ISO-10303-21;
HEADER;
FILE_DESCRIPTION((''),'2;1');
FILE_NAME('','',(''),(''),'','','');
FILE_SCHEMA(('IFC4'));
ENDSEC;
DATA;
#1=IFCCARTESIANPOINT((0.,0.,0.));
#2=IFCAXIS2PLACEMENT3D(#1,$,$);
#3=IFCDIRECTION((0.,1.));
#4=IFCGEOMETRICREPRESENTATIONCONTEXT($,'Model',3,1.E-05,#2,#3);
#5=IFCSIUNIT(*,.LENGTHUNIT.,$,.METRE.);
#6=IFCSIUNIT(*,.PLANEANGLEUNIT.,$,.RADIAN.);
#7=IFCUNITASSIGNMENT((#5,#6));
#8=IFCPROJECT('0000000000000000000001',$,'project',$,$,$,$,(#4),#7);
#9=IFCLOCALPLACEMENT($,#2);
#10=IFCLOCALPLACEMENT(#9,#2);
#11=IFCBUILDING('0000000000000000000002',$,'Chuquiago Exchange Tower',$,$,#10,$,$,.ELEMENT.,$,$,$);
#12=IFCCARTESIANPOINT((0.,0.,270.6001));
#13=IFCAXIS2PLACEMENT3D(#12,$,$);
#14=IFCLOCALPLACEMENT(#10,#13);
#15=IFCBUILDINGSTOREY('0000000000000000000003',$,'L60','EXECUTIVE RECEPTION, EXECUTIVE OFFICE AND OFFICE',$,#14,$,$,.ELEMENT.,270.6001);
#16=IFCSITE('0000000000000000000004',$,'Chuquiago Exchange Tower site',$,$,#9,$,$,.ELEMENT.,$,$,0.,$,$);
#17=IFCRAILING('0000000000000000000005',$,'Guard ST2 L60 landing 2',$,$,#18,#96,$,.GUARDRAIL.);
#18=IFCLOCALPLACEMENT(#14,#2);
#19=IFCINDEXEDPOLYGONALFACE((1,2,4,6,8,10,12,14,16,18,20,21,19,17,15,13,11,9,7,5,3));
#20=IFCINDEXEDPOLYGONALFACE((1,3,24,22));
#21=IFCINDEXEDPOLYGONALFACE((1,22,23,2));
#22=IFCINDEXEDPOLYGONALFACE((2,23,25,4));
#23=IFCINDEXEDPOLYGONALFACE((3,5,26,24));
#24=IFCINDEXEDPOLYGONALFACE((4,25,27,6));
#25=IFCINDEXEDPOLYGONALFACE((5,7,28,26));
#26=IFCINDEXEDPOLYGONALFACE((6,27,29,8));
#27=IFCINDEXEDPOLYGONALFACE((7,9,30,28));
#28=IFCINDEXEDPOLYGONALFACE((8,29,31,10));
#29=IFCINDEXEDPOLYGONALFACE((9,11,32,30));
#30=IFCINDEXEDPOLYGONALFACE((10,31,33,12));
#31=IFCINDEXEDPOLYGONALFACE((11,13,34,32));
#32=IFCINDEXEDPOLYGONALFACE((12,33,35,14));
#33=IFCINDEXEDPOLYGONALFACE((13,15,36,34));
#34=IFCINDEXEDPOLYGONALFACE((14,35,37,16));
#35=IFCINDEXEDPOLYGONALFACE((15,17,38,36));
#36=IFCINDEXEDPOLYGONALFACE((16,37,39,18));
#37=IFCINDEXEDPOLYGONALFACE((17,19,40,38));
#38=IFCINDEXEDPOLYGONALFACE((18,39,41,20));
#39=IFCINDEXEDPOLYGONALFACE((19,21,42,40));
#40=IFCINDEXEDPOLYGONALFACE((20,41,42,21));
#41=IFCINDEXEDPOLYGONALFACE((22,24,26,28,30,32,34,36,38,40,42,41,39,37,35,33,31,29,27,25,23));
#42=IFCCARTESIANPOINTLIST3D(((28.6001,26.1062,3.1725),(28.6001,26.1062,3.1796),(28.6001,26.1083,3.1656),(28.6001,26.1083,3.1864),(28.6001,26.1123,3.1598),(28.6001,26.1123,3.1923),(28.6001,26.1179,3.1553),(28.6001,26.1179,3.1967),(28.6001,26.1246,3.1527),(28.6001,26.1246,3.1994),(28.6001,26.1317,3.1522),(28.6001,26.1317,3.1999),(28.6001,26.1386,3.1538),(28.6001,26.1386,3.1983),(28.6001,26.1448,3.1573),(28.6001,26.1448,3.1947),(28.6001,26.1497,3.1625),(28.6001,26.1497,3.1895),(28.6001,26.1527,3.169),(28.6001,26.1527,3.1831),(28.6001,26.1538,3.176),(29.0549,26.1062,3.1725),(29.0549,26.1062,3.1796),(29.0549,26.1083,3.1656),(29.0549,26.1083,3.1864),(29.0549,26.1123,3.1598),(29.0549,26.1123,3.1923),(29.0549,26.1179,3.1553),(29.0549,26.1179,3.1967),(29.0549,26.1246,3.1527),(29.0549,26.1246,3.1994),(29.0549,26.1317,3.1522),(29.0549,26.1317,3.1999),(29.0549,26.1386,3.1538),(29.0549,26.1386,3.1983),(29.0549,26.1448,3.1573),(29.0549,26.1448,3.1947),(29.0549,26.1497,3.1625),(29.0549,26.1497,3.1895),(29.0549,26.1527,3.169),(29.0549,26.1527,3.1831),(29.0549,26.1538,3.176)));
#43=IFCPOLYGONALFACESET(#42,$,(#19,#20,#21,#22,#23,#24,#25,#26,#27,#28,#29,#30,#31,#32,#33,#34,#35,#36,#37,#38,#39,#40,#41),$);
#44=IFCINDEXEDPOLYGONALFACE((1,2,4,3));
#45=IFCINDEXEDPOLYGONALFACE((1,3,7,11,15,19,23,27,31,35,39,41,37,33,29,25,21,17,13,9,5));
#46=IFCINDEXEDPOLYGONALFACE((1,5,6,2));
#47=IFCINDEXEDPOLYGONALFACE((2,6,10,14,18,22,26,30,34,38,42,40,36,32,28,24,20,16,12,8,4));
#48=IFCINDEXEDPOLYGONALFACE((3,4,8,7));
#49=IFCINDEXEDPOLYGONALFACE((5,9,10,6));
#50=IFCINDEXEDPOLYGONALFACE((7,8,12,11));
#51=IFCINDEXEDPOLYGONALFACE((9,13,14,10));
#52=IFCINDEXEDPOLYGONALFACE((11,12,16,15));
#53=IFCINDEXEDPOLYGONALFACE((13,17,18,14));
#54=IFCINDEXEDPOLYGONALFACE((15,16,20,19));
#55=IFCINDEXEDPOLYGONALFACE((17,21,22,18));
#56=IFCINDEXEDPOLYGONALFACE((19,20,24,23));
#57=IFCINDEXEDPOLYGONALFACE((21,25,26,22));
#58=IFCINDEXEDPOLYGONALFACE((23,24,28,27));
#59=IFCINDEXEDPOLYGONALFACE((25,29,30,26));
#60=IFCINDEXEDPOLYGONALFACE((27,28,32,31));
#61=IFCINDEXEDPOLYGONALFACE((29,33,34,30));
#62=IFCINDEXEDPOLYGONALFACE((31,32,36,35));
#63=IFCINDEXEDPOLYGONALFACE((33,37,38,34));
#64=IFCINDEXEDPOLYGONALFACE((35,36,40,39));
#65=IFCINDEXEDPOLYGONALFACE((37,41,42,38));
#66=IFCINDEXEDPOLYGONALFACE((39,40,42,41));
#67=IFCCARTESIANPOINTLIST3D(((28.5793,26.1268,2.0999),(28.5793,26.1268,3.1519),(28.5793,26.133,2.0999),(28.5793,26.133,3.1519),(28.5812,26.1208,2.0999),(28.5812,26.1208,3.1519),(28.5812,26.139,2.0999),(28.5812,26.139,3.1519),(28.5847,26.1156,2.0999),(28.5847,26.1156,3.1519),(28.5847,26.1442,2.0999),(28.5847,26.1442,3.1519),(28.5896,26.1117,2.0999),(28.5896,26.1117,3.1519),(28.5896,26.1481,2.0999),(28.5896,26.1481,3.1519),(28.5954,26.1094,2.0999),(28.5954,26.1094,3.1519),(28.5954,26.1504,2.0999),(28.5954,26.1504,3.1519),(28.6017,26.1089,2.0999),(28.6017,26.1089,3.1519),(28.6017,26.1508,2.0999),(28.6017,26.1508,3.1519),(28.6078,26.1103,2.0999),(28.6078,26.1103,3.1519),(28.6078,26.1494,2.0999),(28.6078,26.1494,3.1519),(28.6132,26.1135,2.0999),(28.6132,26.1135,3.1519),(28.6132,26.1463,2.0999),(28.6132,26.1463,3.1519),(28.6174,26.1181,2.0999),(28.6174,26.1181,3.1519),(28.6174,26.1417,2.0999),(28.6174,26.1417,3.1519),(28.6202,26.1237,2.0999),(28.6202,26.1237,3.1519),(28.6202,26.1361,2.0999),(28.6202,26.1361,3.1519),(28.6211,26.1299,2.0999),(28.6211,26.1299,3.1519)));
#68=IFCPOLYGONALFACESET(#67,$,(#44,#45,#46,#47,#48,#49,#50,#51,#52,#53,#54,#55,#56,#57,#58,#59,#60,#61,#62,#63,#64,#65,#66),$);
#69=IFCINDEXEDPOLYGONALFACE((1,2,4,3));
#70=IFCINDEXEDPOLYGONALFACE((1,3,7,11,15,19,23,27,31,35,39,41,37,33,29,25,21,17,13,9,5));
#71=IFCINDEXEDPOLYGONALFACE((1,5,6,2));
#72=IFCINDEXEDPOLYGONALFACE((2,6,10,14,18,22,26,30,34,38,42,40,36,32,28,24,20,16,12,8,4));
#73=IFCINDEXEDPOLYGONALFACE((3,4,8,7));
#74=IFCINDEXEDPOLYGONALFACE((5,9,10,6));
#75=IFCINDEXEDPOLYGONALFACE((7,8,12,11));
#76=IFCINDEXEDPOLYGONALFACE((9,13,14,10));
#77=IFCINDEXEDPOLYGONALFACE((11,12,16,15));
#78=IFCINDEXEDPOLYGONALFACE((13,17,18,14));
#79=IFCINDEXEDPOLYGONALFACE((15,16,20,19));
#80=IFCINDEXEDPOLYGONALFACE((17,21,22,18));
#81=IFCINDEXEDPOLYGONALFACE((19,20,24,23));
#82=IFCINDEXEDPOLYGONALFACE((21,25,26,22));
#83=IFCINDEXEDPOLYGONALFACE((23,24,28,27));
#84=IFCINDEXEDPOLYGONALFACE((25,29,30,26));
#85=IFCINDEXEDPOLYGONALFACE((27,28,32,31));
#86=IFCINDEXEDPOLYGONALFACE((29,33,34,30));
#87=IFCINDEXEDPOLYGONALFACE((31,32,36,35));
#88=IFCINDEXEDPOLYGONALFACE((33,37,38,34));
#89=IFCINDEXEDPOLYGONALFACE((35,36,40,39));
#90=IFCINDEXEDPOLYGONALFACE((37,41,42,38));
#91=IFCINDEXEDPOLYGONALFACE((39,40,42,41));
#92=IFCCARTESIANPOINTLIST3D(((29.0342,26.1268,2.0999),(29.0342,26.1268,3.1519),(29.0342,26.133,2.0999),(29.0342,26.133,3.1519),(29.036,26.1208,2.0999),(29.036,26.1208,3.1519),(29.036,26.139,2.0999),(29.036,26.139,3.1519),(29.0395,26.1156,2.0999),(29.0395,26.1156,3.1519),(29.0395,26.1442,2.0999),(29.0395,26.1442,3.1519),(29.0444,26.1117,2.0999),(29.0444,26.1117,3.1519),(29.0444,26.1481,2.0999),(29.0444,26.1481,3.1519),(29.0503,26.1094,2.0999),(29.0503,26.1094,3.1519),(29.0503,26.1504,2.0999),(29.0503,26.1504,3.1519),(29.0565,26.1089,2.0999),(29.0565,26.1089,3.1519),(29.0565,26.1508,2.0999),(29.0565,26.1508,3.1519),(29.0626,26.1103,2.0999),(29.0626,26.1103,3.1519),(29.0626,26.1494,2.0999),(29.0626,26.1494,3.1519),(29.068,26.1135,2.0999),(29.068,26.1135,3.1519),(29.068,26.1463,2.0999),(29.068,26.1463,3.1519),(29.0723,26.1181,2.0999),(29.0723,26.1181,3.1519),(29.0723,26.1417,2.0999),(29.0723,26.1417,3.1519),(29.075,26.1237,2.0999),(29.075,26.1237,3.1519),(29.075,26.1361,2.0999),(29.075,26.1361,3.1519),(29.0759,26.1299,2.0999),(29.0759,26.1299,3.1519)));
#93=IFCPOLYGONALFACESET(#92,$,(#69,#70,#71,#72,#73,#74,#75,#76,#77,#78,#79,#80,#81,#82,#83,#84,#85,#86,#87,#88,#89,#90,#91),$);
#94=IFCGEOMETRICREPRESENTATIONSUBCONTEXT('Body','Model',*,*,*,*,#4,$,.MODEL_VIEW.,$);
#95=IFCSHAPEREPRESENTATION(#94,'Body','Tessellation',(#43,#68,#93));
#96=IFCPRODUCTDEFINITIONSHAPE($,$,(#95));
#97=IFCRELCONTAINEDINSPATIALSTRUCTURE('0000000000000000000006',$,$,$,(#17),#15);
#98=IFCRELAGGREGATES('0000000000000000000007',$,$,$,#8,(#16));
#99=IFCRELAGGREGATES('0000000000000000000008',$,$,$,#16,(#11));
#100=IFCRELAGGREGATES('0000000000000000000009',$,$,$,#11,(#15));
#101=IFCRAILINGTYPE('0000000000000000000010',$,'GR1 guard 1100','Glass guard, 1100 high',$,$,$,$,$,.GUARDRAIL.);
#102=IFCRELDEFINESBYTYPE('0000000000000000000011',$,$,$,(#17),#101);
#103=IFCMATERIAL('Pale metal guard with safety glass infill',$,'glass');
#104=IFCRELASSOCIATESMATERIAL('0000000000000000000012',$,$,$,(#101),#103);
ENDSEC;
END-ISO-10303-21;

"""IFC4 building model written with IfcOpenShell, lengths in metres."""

from ifc_helpers import new_model, si_unit, direction, frame, origin, origin_2d, place, context, subcontext, project, spatial, circle, extrude, material, type_object, element, save


model = new_model("IFC4")

# Units and contexts
model_context = context("Model", 3, precision=1e-05, world=origin(), true_north=direction((0.0, 1.0)))
body_context = subcontext(model_context, "Body", "Model", "MODEL_VIEW")
ifc_project = project(units=[si_unit("LENGTHUNIT", "METRE"), si_unit("PLANEANGLEUNIT", "RADIAN")], contexts=[model_context])

# Site, building, storey
site_placement = place(None, origin())
site = spatial("IfcSite", under=ifc_project, at=site_placement, Name="Chuquiago Exchange Tower site", CompositionType="ELEMENT", RefElevation=0.0)
building_placement = place(site_placement, origin())
building = spatial("IfcBuilding", under=site, at=building_placement, Name="Chuquiago Exchange Tower", CompositionType="ELEMENT")
storey_placement = place(building_placement, frame((0.0, 0.0, 270.6001)))
storey = spatial("IfcBuildingStorey", under=building, at=storey_placement, Name="L60", Description="EXECUTIVE RECEPTION, EXECUTIVE OFFICE AND OFFICE", CompositionType="ELEMENT", Elevation=270.6001)

# Railing
ifc_material_1 = material(Name="Pale metal guard with safety glass infill", Category="glass")
railing_type = type_object("IfcRailingType", Name="GR1 guard 1100", Description="Glass guard, 1100 high", PredefinedType="GUARDRAIL", material=ifc_material_1)
railing_placement = place(storey_placement, frame((28.6001, 26.1299, 2.0999)))
element("IfcRailing", 1, at=railing_placement, inside=storey, type_object=railing_type, Name="Guard ST2 L60 landing 2", PredefinedType="GUARDRAIL", context=body_context, shape_type="SweptSolid", body=[
    extrude(circle(Radius=0.0239, at=origin_2d()), frame((0.0, 0.0, 1.0762), z_axis=(1.0, 0.0, 0.0), x_axis=(0.0, 1.0, 0.0)), (0.0, 0.0, 1.0), 0.4548),
    extrude(circle(Radius=0.021, at=origin_2d()), origin(), (0.0, 0.0, 1.0), 1.052),
    extrude(circle(Radius=0.021, at=origin_2d()), frame((0.4548, 0.0, 0.0)), (0.0, 0.0, 1.0), 1.052),
])

save(model, "model.ifc")
